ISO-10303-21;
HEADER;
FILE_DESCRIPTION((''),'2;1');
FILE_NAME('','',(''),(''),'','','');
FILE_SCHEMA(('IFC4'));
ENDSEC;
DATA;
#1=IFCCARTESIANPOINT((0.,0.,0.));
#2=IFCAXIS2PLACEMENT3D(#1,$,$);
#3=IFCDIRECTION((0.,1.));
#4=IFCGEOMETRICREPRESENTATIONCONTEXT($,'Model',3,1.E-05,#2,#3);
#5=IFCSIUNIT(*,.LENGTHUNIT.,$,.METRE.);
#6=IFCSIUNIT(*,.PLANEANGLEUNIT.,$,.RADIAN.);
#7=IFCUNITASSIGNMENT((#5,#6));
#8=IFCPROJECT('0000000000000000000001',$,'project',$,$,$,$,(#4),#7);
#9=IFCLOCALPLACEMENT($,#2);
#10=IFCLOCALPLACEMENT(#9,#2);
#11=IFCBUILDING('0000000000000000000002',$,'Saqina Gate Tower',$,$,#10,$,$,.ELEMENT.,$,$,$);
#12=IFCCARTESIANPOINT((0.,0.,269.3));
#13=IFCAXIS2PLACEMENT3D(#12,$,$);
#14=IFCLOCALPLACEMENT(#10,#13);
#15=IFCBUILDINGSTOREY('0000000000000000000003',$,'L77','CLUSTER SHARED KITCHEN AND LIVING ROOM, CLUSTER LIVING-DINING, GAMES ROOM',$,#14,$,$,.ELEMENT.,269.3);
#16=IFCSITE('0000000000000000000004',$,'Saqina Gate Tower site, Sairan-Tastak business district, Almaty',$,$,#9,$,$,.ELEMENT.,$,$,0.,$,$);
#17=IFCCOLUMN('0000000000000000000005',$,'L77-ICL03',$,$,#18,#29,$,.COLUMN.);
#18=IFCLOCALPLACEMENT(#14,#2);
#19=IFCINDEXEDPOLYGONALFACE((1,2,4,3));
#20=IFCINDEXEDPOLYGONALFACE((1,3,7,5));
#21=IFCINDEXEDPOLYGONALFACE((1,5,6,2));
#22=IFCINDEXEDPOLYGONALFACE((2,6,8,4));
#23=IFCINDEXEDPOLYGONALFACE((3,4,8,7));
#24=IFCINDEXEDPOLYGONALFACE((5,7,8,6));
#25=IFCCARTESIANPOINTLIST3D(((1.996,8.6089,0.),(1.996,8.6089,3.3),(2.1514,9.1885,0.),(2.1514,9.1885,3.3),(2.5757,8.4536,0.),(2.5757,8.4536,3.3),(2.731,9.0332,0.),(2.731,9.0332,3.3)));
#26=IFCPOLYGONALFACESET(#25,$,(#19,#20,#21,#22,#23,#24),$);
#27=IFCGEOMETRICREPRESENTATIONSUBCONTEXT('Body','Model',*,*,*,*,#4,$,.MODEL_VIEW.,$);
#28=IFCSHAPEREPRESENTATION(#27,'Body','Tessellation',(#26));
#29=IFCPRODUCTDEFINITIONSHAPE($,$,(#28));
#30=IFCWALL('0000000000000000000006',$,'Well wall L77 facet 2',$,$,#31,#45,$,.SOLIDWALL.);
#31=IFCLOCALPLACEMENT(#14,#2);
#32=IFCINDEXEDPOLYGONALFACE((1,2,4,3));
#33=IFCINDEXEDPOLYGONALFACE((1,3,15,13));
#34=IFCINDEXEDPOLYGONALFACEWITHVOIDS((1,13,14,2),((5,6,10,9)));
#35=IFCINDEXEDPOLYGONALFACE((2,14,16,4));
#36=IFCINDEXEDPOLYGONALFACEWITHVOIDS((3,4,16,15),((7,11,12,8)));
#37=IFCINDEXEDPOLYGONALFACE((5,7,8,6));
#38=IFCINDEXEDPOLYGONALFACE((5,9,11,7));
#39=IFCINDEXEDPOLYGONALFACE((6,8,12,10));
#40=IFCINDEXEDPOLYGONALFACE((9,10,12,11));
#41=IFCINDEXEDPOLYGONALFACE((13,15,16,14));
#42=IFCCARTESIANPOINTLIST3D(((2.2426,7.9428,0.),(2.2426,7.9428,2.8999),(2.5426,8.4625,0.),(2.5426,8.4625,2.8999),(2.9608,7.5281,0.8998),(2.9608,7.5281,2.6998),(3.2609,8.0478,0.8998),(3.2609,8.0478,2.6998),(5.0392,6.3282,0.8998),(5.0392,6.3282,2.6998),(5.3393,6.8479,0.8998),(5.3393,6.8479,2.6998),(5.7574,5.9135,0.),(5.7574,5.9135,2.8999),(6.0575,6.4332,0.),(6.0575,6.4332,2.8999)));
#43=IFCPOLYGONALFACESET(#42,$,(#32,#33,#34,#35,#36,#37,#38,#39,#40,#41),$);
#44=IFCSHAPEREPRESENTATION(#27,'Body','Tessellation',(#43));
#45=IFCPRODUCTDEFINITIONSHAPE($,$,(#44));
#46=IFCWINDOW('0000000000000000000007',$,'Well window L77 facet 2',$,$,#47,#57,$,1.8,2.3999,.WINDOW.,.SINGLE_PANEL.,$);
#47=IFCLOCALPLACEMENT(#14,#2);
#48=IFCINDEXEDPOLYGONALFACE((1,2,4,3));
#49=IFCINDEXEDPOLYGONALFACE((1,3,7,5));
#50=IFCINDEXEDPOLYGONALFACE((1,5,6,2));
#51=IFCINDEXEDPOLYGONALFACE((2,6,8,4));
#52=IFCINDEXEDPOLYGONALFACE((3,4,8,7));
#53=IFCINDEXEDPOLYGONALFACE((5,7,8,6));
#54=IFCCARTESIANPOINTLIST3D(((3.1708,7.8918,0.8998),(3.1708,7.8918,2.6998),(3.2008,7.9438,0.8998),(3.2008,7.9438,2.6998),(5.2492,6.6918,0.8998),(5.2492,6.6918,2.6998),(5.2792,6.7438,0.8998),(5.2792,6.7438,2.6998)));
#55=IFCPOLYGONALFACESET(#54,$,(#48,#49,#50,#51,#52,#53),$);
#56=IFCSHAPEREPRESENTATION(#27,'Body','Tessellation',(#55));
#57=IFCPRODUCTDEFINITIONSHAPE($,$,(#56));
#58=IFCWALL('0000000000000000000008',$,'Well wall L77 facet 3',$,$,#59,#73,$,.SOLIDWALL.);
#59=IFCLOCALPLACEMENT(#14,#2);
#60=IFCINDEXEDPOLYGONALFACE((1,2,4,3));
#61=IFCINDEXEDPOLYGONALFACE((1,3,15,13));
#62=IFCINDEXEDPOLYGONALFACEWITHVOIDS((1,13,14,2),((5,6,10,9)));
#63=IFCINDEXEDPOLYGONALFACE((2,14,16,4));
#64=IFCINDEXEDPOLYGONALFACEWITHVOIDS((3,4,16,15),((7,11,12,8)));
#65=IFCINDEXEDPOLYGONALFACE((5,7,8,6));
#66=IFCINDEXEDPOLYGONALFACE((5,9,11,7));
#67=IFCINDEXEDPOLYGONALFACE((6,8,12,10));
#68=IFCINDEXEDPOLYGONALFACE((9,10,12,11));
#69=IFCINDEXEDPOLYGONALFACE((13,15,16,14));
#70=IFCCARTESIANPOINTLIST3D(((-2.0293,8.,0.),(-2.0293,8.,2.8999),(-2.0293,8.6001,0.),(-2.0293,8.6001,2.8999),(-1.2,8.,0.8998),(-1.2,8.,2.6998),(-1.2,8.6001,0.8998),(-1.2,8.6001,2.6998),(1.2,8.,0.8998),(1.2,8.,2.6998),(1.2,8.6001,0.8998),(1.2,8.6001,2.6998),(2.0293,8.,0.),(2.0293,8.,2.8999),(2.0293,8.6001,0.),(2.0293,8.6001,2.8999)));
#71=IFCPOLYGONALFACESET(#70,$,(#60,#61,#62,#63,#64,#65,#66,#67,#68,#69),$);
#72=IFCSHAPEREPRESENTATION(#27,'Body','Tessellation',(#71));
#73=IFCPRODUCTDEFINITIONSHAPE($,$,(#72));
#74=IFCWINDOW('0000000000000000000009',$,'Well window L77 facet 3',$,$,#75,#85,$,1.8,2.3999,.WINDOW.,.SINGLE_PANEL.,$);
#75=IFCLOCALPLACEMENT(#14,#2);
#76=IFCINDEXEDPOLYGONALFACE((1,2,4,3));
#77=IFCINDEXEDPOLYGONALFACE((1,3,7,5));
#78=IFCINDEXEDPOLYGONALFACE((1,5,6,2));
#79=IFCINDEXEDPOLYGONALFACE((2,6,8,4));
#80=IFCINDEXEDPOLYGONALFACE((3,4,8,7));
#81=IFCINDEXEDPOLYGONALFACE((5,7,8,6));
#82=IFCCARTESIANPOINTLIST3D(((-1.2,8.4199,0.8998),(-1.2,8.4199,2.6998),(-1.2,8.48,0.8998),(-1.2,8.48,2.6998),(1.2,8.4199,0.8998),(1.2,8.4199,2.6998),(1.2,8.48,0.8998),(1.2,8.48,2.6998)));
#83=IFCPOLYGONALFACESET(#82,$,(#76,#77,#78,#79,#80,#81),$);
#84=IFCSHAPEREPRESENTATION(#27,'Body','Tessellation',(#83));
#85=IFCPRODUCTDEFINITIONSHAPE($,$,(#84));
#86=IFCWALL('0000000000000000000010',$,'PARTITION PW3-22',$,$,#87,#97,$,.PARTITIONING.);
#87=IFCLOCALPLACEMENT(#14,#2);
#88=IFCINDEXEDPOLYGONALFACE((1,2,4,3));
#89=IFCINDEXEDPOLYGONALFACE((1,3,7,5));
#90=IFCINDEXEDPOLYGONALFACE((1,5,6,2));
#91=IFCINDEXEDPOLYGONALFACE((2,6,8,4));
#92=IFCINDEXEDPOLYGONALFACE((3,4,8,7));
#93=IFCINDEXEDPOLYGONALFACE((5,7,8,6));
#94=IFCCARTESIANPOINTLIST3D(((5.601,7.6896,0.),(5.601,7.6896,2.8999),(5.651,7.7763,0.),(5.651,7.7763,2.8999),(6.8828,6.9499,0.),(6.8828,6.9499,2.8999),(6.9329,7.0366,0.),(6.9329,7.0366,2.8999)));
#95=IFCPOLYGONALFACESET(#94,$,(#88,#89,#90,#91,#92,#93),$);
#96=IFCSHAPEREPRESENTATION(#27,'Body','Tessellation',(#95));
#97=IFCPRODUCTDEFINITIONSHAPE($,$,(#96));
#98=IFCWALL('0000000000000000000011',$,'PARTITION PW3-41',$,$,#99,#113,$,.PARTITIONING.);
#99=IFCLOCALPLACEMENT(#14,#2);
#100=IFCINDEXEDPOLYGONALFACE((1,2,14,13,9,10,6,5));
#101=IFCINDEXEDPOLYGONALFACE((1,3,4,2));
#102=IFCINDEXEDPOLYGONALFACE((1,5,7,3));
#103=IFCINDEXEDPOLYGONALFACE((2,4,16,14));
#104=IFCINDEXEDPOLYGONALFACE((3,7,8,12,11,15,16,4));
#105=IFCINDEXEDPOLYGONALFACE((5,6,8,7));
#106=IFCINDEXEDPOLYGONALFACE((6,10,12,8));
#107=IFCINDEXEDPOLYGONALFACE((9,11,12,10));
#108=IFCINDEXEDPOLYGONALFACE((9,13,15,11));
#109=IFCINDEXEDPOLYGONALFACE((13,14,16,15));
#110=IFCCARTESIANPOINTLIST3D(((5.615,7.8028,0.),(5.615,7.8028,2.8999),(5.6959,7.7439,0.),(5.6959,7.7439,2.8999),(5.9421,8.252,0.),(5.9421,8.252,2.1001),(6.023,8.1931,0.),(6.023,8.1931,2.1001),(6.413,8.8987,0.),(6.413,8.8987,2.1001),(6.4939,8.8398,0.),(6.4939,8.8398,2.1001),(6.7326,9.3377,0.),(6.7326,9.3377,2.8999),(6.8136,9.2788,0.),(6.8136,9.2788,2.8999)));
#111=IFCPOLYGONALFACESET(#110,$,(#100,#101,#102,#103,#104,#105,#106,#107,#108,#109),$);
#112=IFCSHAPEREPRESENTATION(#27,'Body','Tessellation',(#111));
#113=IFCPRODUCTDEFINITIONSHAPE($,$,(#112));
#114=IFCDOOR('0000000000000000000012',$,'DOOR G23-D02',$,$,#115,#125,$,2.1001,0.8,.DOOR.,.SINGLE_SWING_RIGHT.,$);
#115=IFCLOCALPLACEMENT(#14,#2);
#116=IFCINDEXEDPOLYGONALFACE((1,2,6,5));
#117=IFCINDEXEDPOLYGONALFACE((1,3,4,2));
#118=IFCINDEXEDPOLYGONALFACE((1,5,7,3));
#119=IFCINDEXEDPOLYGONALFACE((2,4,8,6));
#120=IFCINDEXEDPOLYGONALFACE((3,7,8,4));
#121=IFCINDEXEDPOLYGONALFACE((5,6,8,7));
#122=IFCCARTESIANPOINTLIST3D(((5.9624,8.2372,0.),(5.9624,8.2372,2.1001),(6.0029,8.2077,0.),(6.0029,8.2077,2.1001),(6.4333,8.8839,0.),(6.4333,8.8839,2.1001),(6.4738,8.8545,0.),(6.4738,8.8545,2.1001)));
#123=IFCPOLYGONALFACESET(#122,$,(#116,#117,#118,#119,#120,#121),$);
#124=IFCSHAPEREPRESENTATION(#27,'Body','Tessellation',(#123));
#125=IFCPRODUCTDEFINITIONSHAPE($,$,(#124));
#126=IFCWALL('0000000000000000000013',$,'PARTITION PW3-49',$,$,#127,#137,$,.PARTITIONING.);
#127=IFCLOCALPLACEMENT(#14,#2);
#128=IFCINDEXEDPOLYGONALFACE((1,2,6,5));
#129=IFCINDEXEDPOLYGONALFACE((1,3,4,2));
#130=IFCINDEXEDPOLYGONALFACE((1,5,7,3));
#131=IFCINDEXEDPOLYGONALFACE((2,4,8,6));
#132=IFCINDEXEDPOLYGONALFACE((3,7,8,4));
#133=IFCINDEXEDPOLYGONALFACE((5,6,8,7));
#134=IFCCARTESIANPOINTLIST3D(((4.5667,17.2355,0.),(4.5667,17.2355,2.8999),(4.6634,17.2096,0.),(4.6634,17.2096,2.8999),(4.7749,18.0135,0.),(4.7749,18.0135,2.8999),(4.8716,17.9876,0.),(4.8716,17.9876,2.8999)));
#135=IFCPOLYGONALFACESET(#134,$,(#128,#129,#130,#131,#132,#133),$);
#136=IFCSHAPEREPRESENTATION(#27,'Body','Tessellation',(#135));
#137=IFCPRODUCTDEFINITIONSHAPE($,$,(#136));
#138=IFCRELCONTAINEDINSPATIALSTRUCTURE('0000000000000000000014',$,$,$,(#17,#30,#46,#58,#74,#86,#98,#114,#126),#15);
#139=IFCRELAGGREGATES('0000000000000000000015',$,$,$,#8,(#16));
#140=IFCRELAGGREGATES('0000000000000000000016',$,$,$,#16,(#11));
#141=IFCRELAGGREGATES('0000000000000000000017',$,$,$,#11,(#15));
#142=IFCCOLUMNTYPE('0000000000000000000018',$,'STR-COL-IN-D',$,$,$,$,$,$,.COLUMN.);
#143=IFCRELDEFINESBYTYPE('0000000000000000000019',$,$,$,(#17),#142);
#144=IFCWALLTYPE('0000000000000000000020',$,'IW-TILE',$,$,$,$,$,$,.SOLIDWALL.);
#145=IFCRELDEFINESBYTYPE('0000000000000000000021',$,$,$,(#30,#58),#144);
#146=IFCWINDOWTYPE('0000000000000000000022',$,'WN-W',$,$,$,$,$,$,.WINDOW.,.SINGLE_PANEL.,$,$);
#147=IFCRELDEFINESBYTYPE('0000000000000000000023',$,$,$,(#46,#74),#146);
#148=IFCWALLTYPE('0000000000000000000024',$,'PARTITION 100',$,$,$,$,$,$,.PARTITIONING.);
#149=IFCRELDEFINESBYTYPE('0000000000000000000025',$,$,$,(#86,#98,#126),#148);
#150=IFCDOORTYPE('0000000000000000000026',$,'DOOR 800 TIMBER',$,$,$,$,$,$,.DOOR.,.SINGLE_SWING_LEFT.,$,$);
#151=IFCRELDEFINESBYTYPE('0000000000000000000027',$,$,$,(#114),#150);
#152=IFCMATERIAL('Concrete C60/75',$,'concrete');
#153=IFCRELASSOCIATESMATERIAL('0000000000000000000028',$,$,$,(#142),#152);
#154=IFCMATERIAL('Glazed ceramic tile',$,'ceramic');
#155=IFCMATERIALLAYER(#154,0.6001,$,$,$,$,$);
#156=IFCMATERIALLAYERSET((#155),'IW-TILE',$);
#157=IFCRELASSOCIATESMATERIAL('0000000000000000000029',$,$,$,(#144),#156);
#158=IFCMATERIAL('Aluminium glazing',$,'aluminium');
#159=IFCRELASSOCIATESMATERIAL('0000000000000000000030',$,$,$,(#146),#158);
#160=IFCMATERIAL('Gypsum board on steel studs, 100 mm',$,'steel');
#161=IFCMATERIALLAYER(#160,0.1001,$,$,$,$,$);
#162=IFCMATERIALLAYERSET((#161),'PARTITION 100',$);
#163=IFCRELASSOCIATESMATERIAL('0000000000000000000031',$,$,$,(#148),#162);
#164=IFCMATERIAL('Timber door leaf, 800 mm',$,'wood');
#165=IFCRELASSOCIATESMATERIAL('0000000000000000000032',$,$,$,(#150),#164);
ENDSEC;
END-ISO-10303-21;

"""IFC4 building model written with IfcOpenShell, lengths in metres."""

from ifc_helpers import new_model, si_unit, direction, frame, frame_2d, origin, origin_2d, place, context, subcontext, project, spatial, rectangle, extrude, material, layer, layer_set, material_profile, profile_set, type_object, element, fill, save


model = new_model("IFC4")

# Units and contexts
model_context = context("Model", 3, precision=1e-05, world=origin(), true_north=direction((0.0, 1.0)))
body_context = subcontext(model_context, "Body", "Model", "MODEL_VIEW")
ifc_project = project(units=[si_unit("LENGTHUNIT", "METRE"), si_unit("PLANEANGLEUNIT", "RADIAN")], contexts=[model_context])

# Site, building, storey
site_placement = place(None, origin())
site = spatial("IfcSite", under=ifc_project, at=site_placement, Name="Saqina Gate Tower site, Sairan-Tastak business district, Almaty", CompositionType="ELEMENT", RefElevation=0.0)
building_placement = place(site_placement, origin())
building = spatial("IfcBuilding", under=site, at=building_placement, Name="Saqina Gate Tower", CompositionType="ELEMENT")
storey_placement = place(building_placement, frame((0.0, 0.0, 269.3)))
storey = spatial("IfcBuildingStorey", under=building, at=storey_placement, Name="L77", Description="CLUSTER SHARED KITCHEN AND LIVING ROOM, CLUSTER LIVING-DINING, GAMES ROOM", CompositionType="ELEMENT", Elevation=269.3)

# Column
ifc_material_1 = material(Name="Concrete C60/75", Category="concrete")
ifc_material_profile = material_profile(ifc_material_1, rectangle(XDim=0.6001, YDim=0.6001, at=origin_2d()), Name="RC 600x600")
ifc_profile_set = profile_set([ifc_material_profile], Name="Concrete C60/75")
column_type = type_object("IfcColumnType", Name="STR-COL-IN-D", PredefinedType="COLUMN", material=ifc_profile_set)
column_placement = place(storey_placement, frame((2.3635, 8.821, 0.0), z_axis=(0.0, 0.0, 1.0), x_axis=(0.258819, 0.965926, 0.0)))
element("IfcColumn", 1, at=column_placement, inside=storey, type_object=column_type, Name="L77-ICL03", PredefinedType="COLUMN", context=body_context, shape_type="SweptSolid", body=[
    extrude(rectangle(XDim=0.6001, YDim=0.6001, at=origin_2d()), origin(), (0.0, 0.0, 1.0), 3.3),
])

# Walls, openings, windows
ifc_material_2 = material(Name="Glazed ceramic tile", Category="ceramic")
ifc_layer_1 = layer(ifc_material_2, 0.6001)
ifc_layer_set_1 = layer_set([ifc_layer_1], Name="IW-TILE")
wall_type_1 = type_object("IfcWallType", Name="IW-TILE", PredefinedType="SOLIDWALL", material=ifc_layer_set_1)
wall_1_placement = place(storey_placement, frame((5.9075, 6.1733, 0.0), z_axis=(0.0, 0.0, 1.0), x_axis=(-0.866028, 0.499995, 0.0)))
wall_1 = element("IfcWall", 2, at=wall_1_placement, inside=storey, type_object=wall_type_1, Name="Well wall L77 facet 2", PredefinedType="SOLIDWALL", context=body_context, shape_type="SweptSolid", body=[
    extrude(rectangle(XDim=4.0586, YDim=0.6001, at=frame_2d((2.0293, 0.0))), origin(), (0.0, 0.0, 1.0), 2.8999),
])
opening_1_placement = place(wall_1_placement, frame((0.8293, 0.0, 0.8999)))
opening_1 = element("IfcOpeningElement", 3, at=opening_1_placement, cuts=wall_1, PredefinedType="OPENING", context=body_context, shape_type="SweptSolid", body=[
    extrude(rectangle(XDim=2.3999, YDim=1.8, at=frame_2d((1.2, 0.8999))), frame((0.0, 0.312, 0.0), z_axis=(0.0, -1.0, 0.0), x_axis=(1.0, 0.0, 0.0)), (0.0, 0.0, 1.0), 0.624),
])
ifc_material_3 = material(Name="Aluminium glazing", Category="aluminium")
window_type = type_object("IfcWindowType", Name="WN-W", PartitioningType="SINGLE_PANEL", PredefinedType="WINDOW", material=ifc_material_3)
window_1_placement = place(opening_1_placement, origin())
window_1 = element("IfcWindow", 4, at=window_1_placement, inside=storey, type_object=window_type, Name="Well window L77 facet 2", OverallHeight=1.8, OverallWidth=2.3999, PartitioningType="SINGLE_PANEL", PredefinedType="WINDOW", context=body_context, shape_type="SweptSolid", body=[
    extrude(rectangle(XDim=2.3999, YDim=1.8, at=frame_2d((1.2, 0.8999))), frame((0.0, -0.1199, 0.0), z_axis=(0.0, -1.0, 0.0), x_axis=(1.0, 0.0, 0.0)), (0.0, 0.0, 1.0), 0.0601),
])
fill(opening_1, window_1)
wall_2_placement = place(storey_placement, frame((2.0293, 8.3, 0.0), z_axis=(0.0, 0.0, 1.0), x_axis=(-1.0, 0.0, 0.0)))
wall_2 = element("IfcWall", 5, at=wall_2_placement, inside=storey, type_object=wall_type_1, Name="Well wall L77 facet 3", PredefinedType="SOLIDWALL", context=body_context, shape_type="SweptSolid", body=[
    extrude(rectangle(XDim=4.0586, YDim=0.6001, at=frame_2d((2.0293, 0.0))), origin(), (0.0, 0.0, 1.0), 2.8999),
])
opening_2_placement = place(wall_2_placement, frame((0.8293, 0.0, 0.8999)))
opening_2 = element("IfcOpeningElement", 6, at=opening_2_placement, cuts=wall_2, PredefinedType="OPENING", context=body_context, shape_type="SweptSolid", body=[
    extrude(rectangle(XDim=2.3999, YDim=1.8, at=frame_2d((1.2, 0.8999))), frame((0.0, 0.312, 0.0), z_axis=(0.0, -1.0, 0.0), x_axis=(1.0, 0.0, 0.0)), (0.0, 0.0, 1.0), 0.624),
])
window_2_placement = place(opening_2_placement, origin())
window_2 = element("IfcWindow", 7, at=window_2_placement, inside=storey, type_object=window_type, Name="Well window L77 facet 3", OverallHeight=1.8, OverallWidth=2.3999, PartitioningType="SINGLE_PANEL", PredefinedType="WINDOW", context=body_context, shape_type="SweptSolid", body=[
    extrude(rectangle(XDim=2.3999, YDim=1.8, at=frame_2d((1.2, 0.8999))), frame((0.0, -0.1199, 0.0), z_axis=(0.0, -1.0, 0.0), x_axis=(1.0, 0.0, 0.0)), (0.0, 0.0, 1.0), 0.0601),
])
fill(opening_2, window_2)

# Wall
ifc_material_4 = material(Name="Gypsum board on steel studs, 100 mm", Category="steel")
ifc_layer_2 = layer(ifc_material_4, 0.1001)
ifc_layer_set_2 = layer_set([ifc_layer_2], Name="PARTITION 100")
wall_type_2 = type_object("IfcWallType", Name="PARTITION 100", PredefinedType="PARTITIONING", material=ifc_layer_set_2)
wall_3_placement = place(storey_placement, frame((5.626, 7.7329, 0.0), z_axis=(0.0, 0.0, 1.0), x_axis=(0.866144, -0.499794, 0.0)))
element("IfcWall", 8, at=wall_3_placement, inside=storey, type_object=wall_type_2, Name="PARTITION PW3-22", PredefinedType="PARTITIONING", context=body_context, shape_type="SweptSolid", body=[
    extrude(rectangle(XDim=1.48, YDim=0.1001, at=frame_2d((0.74, 0.0))), origin(), (0.0, 0.0, 1.0), 2.8999),
])

# Wall, opening, door
wall_4_placement = place(storey_placement, frame((5.6555, 7.7734, 0.0), z_axis=(0.0, 0.0, 1.0), x_axis=(0.588646, 0.808391, 0.0)))
wall_4 = element("IfcWall", 9, at=wall_4_placement, inside=storey, type_object=wall_type_2, Name="PARTITION PW3-41", PredefinedType="PARTITIONING", context=body_context, shape_type="SweptSolid", body=[
    extrude(rectangle(XDim=1.8987, YDim=0.1001, at=frame_2d((0.9492, 0.0))), origin(), (0.0, 0.0, 1.0), 2.8999),
])
opening_3_placement = place(wall_4_placement, frame((0.5557, 0.0, 0.0)))
opening_3 = element("IfcOpeningElement", 10, at=opening_3_placement, cuts=wall_4, PredefinedType="OPENING", context=body_context, shape_type="SweptSolid", body=[
    extrude(rectangle(XDim=0.8, YDim=2.1001, at=frame_2d((0.3999, 1.05))), frame((0.0, 0.062, 0.0), z_axis=(0.0, -1.0, 0.0), x_axis=(1.0, 0.0, 0.0)), (0.0, 0.0, 1.0), 0.124),
])
ifc_material_5 = material(Name="Timber door leaf, 800 mm", Category="wood")
door_type_1 = type_object("IfcDoorType", Name="DOOR 800 TIMBER", OperationType="SINGLE_SWING_LEFT", PredefinedType="DOOR", material=ifc_material_5)
door_1_placement = place(opening_3_placement, origin())
door_1 = element("IfcDoor", 11, at=door_1_placement, inside=storey, type_object=door_type_1, Name="DOOR G23-D02", OperationType="SINGLE_SWING_RIGHT", OverallHeight=2.1001, OverallWidth=0.8, PredefinedType="DOOR", context=body_context, shape_type="SweptSolid", body=[
    extrude(rectangle(XDim=0.8, YDim=2.1001, at=frame_2d((0.3999, 1.05))), frame((0.0, 0.0249, 0.0), z_axis=(0.0, -1.0, 0.0), x_axis=(1.0, 0.0, 0.0)), (0.0, 0.0, 1.0), 0.05),
])
fill(opening_3, door_1)

# Wall
wall_5_placement = place(storey_placement, frame((4.615, 17.2224, 0.0), z_axis=(0.0, 0.0, 1.0), x_axis=(0.258549, 0.965998, 0.0)))
element("IfcWall", 12, at=wall_5_placement, inside=storey, type_object=wall_type_2, Name="PARTITION PW3-49", PredefinedType="PARTITIONING", context=body_context, shape_type="SweptSolid", body=[
    extrude(rectangle(XDim=0.8054, YDim=0.1001, at=frame_2d((0.4028, 0.0))), origin(), (0.0, 0.0, 1.0), 2.8999),
])

save(model, "model.ifc")
